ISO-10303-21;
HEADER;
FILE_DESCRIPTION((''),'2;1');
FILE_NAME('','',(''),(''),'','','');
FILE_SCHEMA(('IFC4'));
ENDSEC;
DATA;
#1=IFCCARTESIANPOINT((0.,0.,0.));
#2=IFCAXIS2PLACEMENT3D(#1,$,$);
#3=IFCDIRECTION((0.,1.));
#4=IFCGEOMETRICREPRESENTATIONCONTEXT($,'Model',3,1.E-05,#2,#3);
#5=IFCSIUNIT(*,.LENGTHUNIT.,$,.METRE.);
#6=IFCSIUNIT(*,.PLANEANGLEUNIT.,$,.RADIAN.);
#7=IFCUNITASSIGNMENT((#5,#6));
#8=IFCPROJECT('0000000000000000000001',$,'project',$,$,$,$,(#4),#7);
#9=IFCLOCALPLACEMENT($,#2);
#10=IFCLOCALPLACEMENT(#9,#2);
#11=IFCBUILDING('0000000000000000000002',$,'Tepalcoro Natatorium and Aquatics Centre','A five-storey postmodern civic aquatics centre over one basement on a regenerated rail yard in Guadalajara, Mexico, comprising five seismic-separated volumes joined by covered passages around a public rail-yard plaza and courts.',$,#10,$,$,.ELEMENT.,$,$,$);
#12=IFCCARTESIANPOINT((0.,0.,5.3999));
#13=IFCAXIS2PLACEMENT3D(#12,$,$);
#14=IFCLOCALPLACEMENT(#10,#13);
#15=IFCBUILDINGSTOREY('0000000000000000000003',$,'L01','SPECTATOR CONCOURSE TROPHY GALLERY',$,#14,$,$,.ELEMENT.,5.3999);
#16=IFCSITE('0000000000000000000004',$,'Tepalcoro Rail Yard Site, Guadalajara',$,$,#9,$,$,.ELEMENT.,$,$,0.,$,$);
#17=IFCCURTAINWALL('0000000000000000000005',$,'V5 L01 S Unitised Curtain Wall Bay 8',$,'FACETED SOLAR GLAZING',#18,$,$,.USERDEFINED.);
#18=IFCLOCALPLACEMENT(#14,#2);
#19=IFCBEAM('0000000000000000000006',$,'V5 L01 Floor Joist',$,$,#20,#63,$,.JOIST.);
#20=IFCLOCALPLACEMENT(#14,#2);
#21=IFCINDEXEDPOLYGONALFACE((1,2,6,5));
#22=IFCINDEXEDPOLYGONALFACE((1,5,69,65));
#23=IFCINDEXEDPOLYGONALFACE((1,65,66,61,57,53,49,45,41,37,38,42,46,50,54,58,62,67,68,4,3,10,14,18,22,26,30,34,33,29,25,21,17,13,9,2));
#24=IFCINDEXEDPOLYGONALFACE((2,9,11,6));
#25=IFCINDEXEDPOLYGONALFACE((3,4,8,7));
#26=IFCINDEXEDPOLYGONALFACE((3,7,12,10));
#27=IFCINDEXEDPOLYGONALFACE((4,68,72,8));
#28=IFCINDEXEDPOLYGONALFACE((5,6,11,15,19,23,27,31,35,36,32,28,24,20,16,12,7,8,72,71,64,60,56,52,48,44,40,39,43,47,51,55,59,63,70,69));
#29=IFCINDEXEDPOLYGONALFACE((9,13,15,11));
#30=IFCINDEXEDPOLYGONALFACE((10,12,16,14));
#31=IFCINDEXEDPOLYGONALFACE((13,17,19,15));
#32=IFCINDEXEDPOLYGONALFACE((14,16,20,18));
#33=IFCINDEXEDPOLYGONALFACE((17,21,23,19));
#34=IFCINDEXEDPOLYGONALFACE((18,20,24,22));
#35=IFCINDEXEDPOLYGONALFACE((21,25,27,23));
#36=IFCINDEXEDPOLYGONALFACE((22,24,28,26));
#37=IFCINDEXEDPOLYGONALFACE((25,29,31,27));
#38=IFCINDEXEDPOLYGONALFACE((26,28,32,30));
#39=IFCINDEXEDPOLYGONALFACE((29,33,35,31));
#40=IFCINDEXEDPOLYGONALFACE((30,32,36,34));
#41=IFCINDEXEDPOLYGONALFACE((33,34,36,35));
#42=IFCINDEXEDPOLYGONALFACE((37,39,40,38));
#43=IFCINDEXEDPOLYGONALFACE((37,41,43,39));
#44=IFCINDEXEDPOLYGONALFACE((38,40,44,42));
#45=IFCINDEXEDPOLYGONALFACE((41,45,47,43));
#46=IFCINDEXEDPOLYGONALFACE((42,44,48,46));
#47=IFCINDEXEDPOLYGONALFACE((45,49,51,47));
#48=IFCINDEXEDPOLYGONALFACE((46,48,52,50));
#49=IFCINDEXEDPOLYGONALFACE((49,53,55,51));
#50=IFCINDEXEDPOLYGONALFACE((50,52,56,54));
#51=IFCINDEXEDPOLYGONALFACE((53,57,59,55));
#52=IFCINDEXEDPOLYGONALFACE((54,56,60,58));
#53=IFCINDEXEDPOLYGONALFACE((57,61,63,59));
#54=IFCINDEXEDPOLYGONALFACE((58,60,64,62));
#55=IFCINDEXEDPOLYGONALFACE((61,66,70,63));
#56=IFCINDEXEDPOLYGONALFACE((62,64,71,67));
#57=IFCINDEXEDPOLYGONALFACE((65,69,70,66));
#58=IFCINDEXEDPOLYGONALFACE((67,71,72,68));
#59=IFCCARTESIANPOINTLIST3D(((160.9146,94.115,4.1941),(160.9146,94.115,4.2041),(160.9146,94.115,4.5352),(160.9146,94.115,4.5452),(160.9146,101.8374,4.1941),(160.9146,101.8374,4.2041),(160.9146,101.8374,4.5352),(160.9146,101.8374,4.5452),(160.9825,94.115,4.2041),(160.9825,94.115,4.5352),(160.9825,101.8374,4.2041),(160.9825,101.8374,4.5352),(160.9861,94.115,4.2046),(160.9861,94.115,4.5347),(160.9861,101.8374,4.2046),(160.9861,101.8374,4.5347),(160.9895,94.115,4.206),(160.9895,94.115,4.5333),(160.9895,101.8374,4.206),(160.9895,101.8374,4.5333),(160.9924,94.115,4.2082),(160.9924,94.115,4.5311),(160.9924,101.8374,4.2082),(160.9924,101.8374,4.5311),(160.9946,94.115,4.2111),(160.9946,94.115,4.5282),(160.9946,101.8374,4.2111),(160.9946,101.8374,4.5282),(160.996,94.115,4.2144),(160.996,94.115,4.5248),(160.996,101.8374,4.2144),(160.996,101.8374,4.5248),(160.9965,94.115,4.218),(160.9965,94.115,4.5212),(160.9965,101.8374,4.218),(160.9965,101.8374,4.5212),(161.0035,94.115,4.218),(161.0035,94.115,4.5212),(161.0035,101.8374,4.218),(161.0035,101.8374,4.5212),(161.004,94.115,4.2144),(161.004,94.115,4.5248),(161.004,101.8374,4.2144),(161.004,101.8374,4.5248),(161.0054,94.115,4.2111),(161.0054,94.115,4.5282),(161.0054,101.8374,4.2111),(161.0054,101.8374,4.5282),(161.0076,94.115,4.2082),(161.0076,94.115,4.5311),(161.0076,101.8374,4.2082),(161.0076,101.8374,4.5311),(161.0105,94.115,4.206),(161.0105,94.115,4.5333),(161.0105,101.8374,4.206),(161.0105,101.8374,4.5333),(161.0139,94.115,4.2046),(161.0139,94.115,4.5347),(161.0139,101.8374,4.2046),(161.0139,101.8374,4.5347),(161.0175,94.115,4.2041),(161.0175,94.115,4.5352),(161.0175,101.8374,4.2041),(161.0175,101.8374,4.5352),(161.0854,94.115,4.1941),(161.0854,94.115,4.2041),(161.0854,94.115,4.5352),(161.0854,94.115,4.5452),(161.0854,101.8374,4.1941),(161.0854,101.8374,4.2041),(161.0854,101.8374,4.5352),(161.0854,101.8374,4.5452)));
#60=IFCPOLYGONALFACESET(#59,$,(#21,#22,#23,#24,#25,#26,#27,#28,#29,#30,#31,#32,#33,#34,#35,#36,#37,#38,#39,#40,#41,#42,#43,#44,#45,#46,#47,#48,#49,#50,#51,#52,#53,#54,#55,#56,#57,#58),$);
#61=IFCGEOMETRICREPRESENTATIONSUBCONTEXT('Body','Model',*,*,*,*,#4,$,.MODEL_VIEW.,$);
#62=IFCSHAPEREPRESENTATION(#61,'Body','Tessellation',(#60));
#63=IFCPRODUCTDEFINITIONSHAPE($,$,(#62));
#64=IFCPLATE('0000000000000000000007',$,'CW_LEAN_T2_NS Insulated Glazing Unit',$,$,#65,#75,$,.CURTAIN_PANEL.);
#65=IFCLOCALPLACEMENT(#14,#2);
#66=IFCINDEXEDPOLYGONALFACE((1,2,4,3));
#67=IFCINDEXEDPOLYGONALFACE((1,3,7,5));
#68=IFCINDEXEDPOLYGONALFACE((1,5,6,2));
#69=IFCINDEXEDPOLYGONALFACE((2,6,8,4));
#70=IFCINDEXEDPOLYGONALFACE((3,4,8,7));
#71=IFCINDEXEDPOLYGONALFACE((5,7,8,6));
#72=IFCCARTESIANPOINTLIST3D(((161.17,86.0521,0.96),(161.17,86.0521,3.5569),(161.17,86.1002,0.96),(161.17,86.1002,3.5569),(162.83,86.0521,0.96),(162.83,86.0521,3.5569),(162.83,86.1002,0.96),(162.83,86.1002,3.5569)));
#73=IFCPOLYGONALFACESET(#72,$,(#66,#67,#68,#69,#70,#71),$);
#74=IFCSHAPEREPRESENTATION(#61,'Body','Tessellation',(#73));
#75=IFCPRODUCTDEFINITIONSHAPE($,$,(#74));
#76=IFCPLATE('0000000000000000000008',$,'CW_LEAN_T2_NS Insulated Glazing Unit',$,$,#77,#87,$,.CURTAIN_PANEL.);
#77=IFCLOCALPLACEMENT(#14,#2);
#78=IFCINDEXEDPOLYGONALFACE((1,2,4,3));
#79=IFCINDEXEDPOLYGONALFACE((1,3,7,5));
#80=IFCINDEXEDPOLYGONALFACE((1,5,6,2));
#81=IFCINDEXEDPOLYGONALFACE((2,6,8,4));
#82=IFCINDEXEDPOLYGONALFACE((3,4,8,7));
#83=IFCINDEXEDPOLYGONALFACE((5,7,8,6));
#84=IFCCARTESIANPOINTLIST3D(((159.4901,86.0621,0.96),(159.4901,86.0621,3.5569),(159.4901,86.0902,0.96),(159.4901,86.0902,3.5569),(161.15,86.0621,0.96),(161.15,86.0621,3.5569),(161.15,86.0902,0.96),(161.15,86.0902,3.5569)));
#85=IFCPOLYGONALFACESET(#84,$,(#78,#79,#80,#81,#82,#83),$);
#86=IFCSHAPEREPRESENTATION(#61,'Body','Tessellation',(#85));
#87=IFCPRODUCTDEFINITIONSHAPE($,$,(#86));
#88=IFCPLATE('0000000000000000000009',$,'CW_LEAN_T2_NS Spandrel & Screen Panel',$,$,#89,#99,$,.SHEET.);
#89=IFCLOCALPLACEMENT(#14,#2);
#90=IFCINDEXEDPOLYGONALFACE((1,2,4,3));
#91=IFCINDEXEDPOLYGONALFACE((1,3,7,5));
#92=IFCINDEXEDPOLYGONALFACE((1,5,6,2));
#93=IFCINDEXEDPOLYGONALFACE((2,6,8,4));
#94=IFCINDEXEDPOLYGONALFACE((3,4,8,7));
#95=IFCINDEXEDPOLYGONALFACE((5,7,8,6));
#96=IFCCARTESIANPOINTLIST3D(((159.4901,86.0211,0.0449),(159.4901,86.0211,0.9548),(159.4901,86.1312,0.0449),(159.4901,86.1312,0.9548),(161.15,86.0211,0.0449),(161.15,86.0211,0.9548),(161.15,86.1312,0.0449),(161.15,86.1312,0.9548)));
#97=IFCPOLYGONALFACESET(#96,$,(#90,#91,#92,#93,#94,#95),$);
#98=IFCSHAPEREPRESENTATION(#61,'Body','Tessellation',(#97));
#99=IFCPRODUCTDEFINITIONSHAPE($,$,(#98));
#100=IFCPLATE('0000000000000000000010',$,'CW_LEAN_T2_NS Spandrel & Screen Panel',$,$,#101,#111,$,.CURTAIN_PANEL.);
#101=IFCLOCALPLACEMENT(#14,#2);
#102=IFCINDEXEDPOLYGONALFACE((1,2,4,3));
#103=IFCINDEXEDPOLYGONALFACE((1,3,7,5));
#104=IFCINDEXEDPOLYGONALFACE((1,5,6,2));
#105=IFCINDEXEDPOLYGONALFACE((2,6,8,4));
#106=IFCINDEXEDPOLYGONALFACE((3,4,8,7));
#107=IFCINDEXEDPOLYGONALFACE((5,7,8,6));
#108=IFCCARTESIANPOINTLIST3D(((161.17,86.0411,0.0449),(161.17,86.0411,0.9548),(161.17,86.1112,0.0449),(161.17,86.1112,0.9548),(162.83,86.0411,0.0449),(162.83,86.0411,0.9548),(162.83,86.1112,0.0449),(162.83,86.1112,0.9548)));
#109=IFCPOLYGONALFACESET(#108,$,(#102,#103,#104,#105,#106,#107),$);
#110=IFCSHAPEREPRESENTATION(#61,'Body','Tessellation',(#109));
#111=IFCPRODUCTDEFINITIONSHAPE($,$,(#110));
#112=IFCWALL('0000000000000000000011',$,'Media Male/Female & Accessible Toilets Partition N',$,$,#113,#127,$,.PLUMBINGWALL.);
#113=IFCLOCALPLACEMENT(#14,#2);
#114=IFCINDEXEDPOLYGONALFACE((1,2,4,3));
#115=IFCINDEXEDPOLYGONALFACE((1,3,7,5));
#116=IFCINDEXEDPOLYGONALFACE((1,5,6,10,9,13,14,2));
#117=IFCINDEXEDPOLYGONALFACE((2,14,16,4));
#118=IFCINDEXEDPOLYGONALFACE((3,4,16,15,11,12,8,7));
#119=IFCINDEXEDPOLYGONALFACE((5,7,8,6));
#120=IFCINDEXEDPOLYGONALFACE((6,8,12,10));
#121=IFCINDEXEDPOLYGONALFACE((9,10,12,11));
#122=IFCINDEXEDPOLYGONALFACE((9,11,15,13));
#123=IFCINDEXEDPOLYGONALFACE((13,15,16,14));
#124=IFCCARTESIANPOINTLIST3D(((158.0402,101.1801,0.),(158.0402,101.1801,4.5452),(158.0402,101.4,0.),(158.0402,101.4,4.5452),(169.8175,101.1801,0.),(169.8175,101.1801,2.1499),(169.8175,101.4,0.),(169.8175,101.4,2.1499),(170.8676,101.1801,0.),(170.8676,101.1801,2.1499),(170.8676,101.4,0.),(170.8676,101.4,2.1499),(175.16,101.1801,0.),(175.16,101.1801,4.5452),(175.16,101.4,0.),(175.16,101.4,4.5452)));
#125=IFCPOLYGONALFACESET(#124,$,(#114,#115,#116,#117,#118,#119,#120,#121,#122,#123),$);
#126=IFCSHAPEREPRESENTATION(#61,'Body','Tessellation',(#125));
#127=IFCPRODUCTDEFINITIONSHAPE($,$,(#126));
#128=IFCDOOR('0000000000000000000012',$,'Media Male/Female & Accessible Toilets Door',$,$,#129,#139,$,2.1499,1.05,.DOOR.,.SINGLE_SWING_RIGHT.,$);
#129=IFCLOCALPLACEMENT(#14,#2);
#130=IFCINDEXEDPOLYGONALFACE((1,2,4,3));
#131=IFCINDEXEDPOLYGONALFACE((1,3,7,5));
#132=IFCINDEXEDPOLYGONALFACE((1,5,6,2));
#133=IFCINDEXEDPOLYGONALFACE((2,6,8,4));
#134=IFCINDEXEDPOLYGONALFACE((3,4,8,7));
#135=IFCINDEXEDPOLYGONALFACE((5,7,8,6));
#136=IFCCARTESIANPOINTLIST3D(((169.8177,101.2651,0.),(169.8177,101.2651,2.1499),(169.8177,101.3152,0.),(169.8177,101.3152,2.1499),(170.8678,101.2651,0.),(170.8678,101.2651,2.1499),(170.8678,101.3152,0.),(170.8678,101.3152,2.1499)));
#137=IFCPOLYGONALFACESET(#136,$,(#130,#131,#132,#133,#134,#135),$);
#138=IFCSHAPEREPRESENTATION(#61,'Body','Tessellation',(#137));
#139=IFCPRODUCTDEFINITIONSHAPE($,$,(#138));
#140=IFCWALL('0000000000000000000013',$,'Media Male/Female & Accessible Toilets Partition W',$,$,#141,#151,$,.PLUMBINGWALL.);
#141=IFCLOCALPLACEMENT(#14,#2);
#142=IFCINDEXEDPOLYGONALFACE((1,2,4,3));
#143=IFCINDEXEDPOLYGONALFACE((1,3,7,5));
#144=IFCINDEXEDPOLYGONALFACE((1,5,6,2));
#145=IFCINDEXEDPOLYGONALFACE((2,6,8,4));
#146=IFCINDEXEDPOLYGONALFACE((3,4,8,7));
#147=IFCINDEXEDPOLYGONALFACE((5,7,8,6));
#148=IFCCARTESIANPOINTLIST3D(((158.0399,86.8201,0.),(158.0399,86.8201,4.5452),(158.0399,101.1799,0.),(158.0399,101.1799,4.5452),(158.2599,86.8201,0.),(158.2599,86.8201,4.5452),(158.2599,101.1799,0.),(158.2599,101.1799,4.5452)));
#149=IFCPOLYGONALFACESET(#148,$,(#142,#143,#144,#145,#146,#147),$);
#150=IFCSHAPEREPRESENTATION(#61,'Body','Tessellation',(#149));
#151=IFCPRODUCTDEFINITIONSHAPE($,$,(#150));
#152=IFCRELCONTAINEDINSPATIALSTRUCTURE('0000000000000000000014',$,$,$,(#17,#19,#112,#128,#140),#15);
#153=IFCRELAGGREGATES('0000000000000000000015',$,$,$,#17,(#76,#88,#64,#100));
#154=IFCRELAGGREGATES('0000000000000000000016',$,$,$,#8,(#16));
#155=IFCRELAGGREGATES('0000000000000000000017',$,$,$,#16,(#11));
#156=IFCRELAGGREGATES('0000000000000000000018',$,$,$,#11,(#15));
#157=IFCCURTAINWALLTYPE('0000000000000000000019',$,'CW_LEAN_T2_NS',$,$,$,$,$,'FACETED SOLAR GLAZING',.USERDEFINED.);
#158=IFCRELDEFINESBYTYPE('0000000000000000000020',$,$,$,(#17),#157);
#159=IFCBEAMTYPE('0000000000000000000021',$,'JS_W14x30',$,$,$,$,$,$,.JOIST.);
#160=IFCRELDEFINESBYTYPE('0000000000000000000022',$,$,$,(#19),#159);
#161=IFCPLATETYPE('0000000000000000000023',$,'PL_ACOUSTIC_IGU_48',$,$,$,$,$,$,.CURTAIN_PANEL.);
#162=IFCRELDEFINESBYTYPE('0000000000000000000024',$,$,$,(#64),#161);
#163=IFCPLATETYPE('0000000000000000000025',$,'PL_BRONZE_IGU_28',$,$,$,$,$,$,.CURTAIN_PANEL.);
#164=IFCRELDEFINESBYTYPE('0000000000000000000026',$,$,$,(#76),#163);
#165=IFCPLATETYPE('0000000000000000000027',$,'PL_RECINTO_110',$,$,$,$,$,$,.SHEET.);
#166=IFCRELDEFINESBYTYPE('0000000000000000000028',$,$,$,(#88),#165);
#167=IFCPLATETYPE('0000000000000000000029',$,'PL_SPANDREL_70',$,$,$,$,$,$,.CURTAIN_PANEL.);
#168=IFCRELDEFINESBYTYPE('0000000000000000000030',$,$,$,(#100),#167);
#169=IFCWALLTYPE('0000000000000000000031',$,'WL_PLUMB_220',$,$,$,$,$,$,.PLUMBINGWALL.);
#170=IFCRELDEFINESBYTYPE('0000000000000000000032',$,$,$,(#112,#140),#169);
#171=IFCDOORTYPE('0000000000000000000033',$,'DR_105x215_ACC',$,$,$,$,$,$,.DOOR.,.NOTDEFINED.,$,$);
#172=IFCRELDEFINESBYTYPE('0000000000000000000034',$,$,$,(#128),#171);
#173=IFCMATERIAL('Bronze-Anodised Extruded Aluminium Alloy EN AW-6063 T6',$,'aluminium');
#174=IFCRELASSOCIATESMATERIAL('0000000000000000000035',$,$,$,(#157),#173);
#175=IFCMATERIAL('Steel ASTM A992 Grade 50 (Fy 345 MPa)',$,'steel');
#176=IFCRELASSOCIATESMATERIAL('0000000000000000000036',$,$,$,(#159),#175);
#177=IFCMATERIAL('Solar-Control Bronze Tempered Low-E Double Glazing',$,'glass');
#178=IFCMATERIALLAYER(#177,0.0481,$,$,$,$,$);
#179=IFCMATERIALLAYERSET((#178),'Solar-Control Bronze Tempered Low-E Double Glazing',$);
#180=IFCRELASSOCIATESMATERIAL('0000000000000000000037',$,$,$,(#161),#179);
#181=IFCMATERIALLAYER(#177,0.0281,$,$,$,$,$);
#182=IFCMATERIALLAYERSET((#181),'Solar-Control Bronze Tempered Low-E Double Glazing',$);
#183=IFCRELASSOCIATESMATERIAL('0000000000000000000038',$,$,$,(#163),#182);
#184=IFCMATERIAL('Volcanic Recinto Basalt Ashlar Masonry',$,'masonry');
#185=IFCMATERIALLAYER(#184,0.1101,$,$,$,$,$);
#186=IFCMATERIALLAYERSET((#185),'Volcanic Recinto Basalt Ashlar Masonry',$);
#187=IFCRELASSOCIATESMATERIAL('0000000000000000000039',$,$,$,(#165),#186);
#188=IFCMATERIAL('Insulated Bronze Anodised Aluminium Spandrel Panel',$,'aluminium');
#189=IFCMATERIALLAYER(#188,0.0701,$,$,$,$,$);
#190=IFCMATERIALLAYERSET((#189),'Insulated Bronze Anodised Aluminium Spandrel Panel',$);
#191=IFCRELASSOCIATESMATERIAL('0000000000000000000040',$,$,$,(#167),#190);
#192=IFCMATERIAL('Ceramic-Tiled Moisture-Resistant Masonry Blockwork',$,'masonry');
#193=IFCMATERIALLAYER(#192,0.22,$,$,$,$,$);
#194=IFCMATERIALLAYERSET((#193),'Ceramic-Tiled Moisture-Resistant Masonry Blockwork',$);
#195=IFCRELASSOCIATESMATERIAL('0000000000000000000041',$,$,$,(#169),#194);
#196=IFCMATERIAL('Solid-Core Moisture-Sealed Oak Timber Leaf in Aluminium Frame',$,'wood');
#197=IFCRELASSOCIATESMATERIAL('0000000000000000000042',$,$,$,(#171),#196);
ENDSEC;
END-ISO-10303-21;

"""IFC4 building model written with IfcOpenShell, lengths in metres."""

from ifc_helpers import new_model, si_unit, direction, frame, frame_2d, origin, origin_2d, place, context, subcontext, project, spatial, rectangle, i_section, extrude, material, layer, layer_set, material_profile, profile_set, type_object, element, fill, aggregate, save


model = new_model("IFC4")

# Units and contexts
model_context = context("Model", 3, precision=1e-05, world=origin(), true_north=direction((0.0, 1.0)))
body_context = subcontext(model_context, "Body", "Model", "MODEL_VIEW")
ifc_project = project(units=[si_unit("LENGTHUNIT", "METRE"), si_unit("PLANEANGLEUNIT", "RADIAN")], contexts=[model_context])

# Site, building, storey
site_placement = place(None, origin())
site = spatial("IfcSite", under=ifc_project, at=site_placement, Name="Tepalcoro Rail Yard Site, Guadalajara", CompositionType="ELEMENT", RefElevation=0.0)
building_placement = place(site_placement, origin())
building = spatial("IfcBuilding", under=site, at=building_placement, Name="Tepalcoro Natatorium and Aquatics Centre", Description="A five-storey postmodern civic aquatics centre over one basement on a regenerated rail yard in Guadalajara, Mexico, comprising five seismic-separated volumes joined by covered passages around a public rail-yard plaza and courts.", CompositionType="ELEMENT")
storey_placement = place(building_placement, frame((0.0, 0.0, 5.3999)))
storey = spatial("IfcBuildingStorey", under=building, at=storey_placement, Name="L01", Description="SPECTATOR CONCOURSE TROPHY GALLERY", CompositionType="ELEMENT", Elevation=5.3999)

# Shared definitions
ifc_material_1 = material(Name="Steel ASTM A992 Grade 50 (Fy 345 MPa)", Category="steel")

# Curtain wall
ifc_material_2 = material(Name="Bronze-Anodised Extruded Aluminium Alloy EN AW-6063 T6", Category="aluminium")
curtain_wall_type = type_object("IfcCurtainWallType", Name="CW_LEAN_T2_NS", ElementType="FACETED SOLAR GLAZING", PredefinedType="USERDEFINED", material=ifc_material_2)
curtain_wall_placement = place(storey_placement, origin())
curtain_wall = element("IfcCurtainWall", 1, at=curtain_wall_placement, inside=storey, type_object=curtain_wall_type, Name="V5 L01 S Unitised Curtain Wall Bay 8", ObjectType="FACETED SOLAR GLAZING", PredefinedType="USERDEFINED")

# Beam
ifc_material_profile_1 = material_profile(ifc_material_1, i_section(OverallWidth=0.1709, OverallDepth=0.3511, WebThickness=0.0071, FlangeThickness=0.01, FilletRadius=0.0139, at=origin_2d()), Name="W14X30")
ifc_profile_set_1 = profile_set([ifc_material_profile_1], Name="Steel ASTM A992 Grade 50 (Fy 345 MPa)")
beam_type_1 = type_object("IfcBeamType", Name="JS_W14x30", PredefinedType="JOIST", material=ifc_profile_set_1)
beam_1_placement = place(storey_placement, frame((161.0, 94.115, 4.3696), z_axis=(0.0, 1.0, 0.0), x_axis=(-1.0, 0.0, 0.0)))
element("IfcBeam", 2, at=beam_1_placement, inside=storey, type_object=beam_type_1, Name="V5 L01 Floor Joist", PredefinedType="JOIST", context=body_context, shape_type="SweptSolid", body=[
    extrude(i_section(OverallWidth=0.1709, OverallDepth=0.3511, WebThickness=0.0071, FlangeThickness=0.01, FilletRadius=0.0139, at=origin_2d()), origin(), (0.0, 0.0, 1.0), 7.7224),
])

# Plates
ifc_material_3 = material(Name="Solar-Control Bronze Tempered Low-E Double Glazing", Category="glass")
ifc_layer_1 = layer(ifc_material_3, 0.0481)
ifc_layer_set_1 = layer_set([ifc_layer_1], Name="Solar-Control Bronze Tempered Low-E Double Glazing")
plate_type_1 = type_object("IfcPlateType", Name="PL_ACOUSTIC_IGU_48", PredefinedType="CURTAIN_PANEL", material=ifc_layer_set_1)
plate_1_placement = place(storey_placement, frame((162.0, 86.0762, 0.96), z_axis=(0.0, 0.0, 1.0), x_axis=(1.0, 0.0, 0.0)))
plate_1 = element("IfcPlate", 3, at=plate_1_placement, type_object=plate_type_1, Name="CW_LEAN_T2_NS Insulated Glazing Unit", PredefinedType="CURTAIN_PANEL", context=body_context, shape_type="SweptSolid", body=[
    extrude(rectangle(XDim=1.6599, YDim=0.0481, at=origin_2d()), origin(), (0.0, 0.0, 1.0), 2.5969),
])
ifc_layer_2 = layer(ifc_material_3, 0.0281)
ifc_layer_set_2 = layer_set([ifc_layer_2], Name="Solar-Control Bronze Tempered Low-E Double Glazing")
plate_type_2 = type_object("IfcPlateType", Name="PL_BRONZE_IGU_28", PredefinedType="CURTAIN_PANEL", material=ifc_layer_set_2)
plate_2_placement = place(storey_placement, frame((160.3201, 86.0762, 0.96), z_axis=(0.0, 0.0, 1.0), x_axis=(1.0, 0.0, 0.0)))
plate_2 = element("IfcPlate", 4, at=plate_2_placement, type_object=plate_type_2, Name="CW_LEAN_T2_NS Insulated Glazing Unit", PredefinedType="CURTAIN_PANEL", context=body_context, shape_type="SweptSolid", body=[
    extrude(rectangle(XDim=1.6599, YDim=0.0281, at=origin_2d()), origin(), (0.0, 0.0, 1.0), 2.5969),
])
ifc_material_4 = material(Name="Volcanic Recinto Basalt Ashlar Masonry", Category="masonry")
ifc_layer_3 = layer(ifc_material_4, 0.1101)
ifc_layer_set_3 = layer_set([ifc_layer_3], Name="Volcanic Recinto Basalt Ashlar Masonry")
plate_type_3 = type_object("IfcPlateType", Name="PL_RECINTO_110", PredefinedType="SHEET", material=ifc_layer_set_3)
plate_3_placement = place(storey_placement, frame((160.3201, 86.0762, 0.0449), z_axis=(0.0, 0.0, 1.0), x_axis=(1.0, 0.0, 0.0)))
plate_3 = element("IfcPlate", 5, at=plate_3_placement, type_object=plate_type_3, Name="CW_LEAN_T2_NS Spandrel & Screen Panel", PredefinedType="SHEET", context=body_context, shape_type="SweptSolid", body=[
    extrude(rectangle(XDim=1.6599, YDim=0.1101, at=origin_2d()), origin(), (0.0, 0.0, 1.0), 0.9099),
])
ifc_material_5 = material(Name="Insulated Bronze Anodised Aluminium Spandrel Panel", Category="aluminium")
ifc_layer_4 = layer(ifc_material_5, 0.0701)
ifc_layer_set_4 = layer_set([ifc_layer_4], Name="Insulated Bronze Anodised Aluminium Spandrel Panel")
plate_type_4 = type_object("IfcPlateType", Name="PL_SPANDREL_70", PredefinedType="CURTAIN_PANEL", material=ifc_layer_set_4)
plate_4_placement = place(storey_placement, frame((162.0, 86.0762, 0.0449), z_axis=(0.0, 0.0, 1.0), x_axis=(1.0, 0.0, 0.0)))
plate_4 = element("IfcPlate", 6, at=plate_4_placement, type_object=plate_type_4, Name="CW_LEAN_T2_NS Spandrel & Screen Panel", PredefinedType="CURTAIN_PANEL", context=body_context, shape_type="SweptSolid", body=[
    extrude(rectangle(XDim=1.6599, YDim=0.0701, at=origin_2d()), origin(), (0.0, 0.0, 1.0), 0.9099),
])
aggregate(curtain_wall, [plate_2, plate_3, plate_1, plate_4])

# Shared definitions
ifc_material_6 = material(Name="Ceramic-Tiled Moisture-Resistant Masonry Blockwork", Category="masonry")
ifc_layer_5 = layer(ifc_material_6, 0.22)
ifc_layer_set_5 = layer_set([ifc_layer_5], Name="Ceramic-Tiled Moisture-Resistant Masonry Blockwork")
wall_type = type_object("IfcWallType", Name="WL_PLUMB_220", PredefinedType="PLUMBINGWALL", material=ifc_layer_set_5)

# Wall, opening, door
wall_1_placement = place(storey_placement, frame((158.04, 101.29, 0.0), z_axis=(0.0, 0.0, 1.0), x_axis=(1.0, 0.0, 0.0)))
wall_1 = element("IfcWall", 7, at=wall_1_placement, inside=storey, type_object=wall_type, Name="Media Male/Female & Accessible Toilets Partition N", PredefinedType="PLUMBINGWALL", context=body_context, shape_type="SweptSolid", body=[
    extrude(rectangle(XDim=17.1199, YDim=0.22, at=frame_2d((8.5601, 0.0))), origin(), (0.0, 0.0, 1.0), 4.5452),
])
opening_placement = place(wall_1_placement, frame((11.7776, 0.0, 0.0)))
opening = element("IfcOpeningElement", 8, at=opening_placement, cuts=wall_1, PredefinedType="OPENING", context=body_context, shape_type="SweptSolid", body=[
    extrude(rectangle(XDim=1.05, YDim=2.1499, at=frame_2d((0.5249, 1.075))), frame((0.0, 0.1221, 0.0), z_axis=(0.0, -1.0, 0.0), x_axis=(1.0, 0.0, 0.0)), (0.0, 0.0, 1.0), 0.2439),
])
ifc_material_7 = material(Name="Solid-Core Moisture-Sealed Oak Timber Leaf in Aluminium Frame", Category="wood")
door_type = type_object("IfcDoorType", Name="DR_105x215_ACC", OperationType="NOTDEFINED", PredefinedType="DOOR", material=ifc_material_7)
door_placement = place(opening_placement, frame((1.05, 0.0, 0.0), z_axis=(0.0, 0.0, 1.0), x_axis=(-1.0, 0.0, 0.0)))
door = element("IfcDoor", 9, at=door_placement, inside=storey, type_object=door_type, Name="Media Male/Female & Accessible Toilets Door", OperationType="SINGLE_SWING_RIGHT", OverallHeight=2.1499, OverallWidth=1.05, PredefinedType="DOOR", context=body_context, shape_type="SweptSolid", body=[
    extrude(rectangle(XDim=1.05, YDim=2.1499, at=frame_2d((0.5249, 1.075))), frame((0.0, 0.0249, 0.0), z_axis=(0.0, -1.0, 0.0), x_axis=(1.0, 0.0, 0.0)), (0.0, 0.0, 1.0), 0.05),
])
fill(opening, door)

# Wall
wall_2_placement = place(storey_placement, frame((158.1499, 86.8201, 0.0), z_axis=(0.0, 0.0, 1.0), x_axis=(0.0, 1.0, 0.0)))
element("IfcWall", 10, at=wall_2_placement, inside=storey, type_object=wall_type, Name="Media Male/Female & Accessible Toilets Partition W", PredefinedType="PLUMBINGWALL", context=body_context, shape_type="SweptSolid", body=[
    extrude(rectangle(XDim=14.3599, YDim=0.22, at=frame_2d((7.1799, 0.0))), origin(), (0.0, 0.0, 1.0), 4.5452),
])

save(model, "model.ifc")
